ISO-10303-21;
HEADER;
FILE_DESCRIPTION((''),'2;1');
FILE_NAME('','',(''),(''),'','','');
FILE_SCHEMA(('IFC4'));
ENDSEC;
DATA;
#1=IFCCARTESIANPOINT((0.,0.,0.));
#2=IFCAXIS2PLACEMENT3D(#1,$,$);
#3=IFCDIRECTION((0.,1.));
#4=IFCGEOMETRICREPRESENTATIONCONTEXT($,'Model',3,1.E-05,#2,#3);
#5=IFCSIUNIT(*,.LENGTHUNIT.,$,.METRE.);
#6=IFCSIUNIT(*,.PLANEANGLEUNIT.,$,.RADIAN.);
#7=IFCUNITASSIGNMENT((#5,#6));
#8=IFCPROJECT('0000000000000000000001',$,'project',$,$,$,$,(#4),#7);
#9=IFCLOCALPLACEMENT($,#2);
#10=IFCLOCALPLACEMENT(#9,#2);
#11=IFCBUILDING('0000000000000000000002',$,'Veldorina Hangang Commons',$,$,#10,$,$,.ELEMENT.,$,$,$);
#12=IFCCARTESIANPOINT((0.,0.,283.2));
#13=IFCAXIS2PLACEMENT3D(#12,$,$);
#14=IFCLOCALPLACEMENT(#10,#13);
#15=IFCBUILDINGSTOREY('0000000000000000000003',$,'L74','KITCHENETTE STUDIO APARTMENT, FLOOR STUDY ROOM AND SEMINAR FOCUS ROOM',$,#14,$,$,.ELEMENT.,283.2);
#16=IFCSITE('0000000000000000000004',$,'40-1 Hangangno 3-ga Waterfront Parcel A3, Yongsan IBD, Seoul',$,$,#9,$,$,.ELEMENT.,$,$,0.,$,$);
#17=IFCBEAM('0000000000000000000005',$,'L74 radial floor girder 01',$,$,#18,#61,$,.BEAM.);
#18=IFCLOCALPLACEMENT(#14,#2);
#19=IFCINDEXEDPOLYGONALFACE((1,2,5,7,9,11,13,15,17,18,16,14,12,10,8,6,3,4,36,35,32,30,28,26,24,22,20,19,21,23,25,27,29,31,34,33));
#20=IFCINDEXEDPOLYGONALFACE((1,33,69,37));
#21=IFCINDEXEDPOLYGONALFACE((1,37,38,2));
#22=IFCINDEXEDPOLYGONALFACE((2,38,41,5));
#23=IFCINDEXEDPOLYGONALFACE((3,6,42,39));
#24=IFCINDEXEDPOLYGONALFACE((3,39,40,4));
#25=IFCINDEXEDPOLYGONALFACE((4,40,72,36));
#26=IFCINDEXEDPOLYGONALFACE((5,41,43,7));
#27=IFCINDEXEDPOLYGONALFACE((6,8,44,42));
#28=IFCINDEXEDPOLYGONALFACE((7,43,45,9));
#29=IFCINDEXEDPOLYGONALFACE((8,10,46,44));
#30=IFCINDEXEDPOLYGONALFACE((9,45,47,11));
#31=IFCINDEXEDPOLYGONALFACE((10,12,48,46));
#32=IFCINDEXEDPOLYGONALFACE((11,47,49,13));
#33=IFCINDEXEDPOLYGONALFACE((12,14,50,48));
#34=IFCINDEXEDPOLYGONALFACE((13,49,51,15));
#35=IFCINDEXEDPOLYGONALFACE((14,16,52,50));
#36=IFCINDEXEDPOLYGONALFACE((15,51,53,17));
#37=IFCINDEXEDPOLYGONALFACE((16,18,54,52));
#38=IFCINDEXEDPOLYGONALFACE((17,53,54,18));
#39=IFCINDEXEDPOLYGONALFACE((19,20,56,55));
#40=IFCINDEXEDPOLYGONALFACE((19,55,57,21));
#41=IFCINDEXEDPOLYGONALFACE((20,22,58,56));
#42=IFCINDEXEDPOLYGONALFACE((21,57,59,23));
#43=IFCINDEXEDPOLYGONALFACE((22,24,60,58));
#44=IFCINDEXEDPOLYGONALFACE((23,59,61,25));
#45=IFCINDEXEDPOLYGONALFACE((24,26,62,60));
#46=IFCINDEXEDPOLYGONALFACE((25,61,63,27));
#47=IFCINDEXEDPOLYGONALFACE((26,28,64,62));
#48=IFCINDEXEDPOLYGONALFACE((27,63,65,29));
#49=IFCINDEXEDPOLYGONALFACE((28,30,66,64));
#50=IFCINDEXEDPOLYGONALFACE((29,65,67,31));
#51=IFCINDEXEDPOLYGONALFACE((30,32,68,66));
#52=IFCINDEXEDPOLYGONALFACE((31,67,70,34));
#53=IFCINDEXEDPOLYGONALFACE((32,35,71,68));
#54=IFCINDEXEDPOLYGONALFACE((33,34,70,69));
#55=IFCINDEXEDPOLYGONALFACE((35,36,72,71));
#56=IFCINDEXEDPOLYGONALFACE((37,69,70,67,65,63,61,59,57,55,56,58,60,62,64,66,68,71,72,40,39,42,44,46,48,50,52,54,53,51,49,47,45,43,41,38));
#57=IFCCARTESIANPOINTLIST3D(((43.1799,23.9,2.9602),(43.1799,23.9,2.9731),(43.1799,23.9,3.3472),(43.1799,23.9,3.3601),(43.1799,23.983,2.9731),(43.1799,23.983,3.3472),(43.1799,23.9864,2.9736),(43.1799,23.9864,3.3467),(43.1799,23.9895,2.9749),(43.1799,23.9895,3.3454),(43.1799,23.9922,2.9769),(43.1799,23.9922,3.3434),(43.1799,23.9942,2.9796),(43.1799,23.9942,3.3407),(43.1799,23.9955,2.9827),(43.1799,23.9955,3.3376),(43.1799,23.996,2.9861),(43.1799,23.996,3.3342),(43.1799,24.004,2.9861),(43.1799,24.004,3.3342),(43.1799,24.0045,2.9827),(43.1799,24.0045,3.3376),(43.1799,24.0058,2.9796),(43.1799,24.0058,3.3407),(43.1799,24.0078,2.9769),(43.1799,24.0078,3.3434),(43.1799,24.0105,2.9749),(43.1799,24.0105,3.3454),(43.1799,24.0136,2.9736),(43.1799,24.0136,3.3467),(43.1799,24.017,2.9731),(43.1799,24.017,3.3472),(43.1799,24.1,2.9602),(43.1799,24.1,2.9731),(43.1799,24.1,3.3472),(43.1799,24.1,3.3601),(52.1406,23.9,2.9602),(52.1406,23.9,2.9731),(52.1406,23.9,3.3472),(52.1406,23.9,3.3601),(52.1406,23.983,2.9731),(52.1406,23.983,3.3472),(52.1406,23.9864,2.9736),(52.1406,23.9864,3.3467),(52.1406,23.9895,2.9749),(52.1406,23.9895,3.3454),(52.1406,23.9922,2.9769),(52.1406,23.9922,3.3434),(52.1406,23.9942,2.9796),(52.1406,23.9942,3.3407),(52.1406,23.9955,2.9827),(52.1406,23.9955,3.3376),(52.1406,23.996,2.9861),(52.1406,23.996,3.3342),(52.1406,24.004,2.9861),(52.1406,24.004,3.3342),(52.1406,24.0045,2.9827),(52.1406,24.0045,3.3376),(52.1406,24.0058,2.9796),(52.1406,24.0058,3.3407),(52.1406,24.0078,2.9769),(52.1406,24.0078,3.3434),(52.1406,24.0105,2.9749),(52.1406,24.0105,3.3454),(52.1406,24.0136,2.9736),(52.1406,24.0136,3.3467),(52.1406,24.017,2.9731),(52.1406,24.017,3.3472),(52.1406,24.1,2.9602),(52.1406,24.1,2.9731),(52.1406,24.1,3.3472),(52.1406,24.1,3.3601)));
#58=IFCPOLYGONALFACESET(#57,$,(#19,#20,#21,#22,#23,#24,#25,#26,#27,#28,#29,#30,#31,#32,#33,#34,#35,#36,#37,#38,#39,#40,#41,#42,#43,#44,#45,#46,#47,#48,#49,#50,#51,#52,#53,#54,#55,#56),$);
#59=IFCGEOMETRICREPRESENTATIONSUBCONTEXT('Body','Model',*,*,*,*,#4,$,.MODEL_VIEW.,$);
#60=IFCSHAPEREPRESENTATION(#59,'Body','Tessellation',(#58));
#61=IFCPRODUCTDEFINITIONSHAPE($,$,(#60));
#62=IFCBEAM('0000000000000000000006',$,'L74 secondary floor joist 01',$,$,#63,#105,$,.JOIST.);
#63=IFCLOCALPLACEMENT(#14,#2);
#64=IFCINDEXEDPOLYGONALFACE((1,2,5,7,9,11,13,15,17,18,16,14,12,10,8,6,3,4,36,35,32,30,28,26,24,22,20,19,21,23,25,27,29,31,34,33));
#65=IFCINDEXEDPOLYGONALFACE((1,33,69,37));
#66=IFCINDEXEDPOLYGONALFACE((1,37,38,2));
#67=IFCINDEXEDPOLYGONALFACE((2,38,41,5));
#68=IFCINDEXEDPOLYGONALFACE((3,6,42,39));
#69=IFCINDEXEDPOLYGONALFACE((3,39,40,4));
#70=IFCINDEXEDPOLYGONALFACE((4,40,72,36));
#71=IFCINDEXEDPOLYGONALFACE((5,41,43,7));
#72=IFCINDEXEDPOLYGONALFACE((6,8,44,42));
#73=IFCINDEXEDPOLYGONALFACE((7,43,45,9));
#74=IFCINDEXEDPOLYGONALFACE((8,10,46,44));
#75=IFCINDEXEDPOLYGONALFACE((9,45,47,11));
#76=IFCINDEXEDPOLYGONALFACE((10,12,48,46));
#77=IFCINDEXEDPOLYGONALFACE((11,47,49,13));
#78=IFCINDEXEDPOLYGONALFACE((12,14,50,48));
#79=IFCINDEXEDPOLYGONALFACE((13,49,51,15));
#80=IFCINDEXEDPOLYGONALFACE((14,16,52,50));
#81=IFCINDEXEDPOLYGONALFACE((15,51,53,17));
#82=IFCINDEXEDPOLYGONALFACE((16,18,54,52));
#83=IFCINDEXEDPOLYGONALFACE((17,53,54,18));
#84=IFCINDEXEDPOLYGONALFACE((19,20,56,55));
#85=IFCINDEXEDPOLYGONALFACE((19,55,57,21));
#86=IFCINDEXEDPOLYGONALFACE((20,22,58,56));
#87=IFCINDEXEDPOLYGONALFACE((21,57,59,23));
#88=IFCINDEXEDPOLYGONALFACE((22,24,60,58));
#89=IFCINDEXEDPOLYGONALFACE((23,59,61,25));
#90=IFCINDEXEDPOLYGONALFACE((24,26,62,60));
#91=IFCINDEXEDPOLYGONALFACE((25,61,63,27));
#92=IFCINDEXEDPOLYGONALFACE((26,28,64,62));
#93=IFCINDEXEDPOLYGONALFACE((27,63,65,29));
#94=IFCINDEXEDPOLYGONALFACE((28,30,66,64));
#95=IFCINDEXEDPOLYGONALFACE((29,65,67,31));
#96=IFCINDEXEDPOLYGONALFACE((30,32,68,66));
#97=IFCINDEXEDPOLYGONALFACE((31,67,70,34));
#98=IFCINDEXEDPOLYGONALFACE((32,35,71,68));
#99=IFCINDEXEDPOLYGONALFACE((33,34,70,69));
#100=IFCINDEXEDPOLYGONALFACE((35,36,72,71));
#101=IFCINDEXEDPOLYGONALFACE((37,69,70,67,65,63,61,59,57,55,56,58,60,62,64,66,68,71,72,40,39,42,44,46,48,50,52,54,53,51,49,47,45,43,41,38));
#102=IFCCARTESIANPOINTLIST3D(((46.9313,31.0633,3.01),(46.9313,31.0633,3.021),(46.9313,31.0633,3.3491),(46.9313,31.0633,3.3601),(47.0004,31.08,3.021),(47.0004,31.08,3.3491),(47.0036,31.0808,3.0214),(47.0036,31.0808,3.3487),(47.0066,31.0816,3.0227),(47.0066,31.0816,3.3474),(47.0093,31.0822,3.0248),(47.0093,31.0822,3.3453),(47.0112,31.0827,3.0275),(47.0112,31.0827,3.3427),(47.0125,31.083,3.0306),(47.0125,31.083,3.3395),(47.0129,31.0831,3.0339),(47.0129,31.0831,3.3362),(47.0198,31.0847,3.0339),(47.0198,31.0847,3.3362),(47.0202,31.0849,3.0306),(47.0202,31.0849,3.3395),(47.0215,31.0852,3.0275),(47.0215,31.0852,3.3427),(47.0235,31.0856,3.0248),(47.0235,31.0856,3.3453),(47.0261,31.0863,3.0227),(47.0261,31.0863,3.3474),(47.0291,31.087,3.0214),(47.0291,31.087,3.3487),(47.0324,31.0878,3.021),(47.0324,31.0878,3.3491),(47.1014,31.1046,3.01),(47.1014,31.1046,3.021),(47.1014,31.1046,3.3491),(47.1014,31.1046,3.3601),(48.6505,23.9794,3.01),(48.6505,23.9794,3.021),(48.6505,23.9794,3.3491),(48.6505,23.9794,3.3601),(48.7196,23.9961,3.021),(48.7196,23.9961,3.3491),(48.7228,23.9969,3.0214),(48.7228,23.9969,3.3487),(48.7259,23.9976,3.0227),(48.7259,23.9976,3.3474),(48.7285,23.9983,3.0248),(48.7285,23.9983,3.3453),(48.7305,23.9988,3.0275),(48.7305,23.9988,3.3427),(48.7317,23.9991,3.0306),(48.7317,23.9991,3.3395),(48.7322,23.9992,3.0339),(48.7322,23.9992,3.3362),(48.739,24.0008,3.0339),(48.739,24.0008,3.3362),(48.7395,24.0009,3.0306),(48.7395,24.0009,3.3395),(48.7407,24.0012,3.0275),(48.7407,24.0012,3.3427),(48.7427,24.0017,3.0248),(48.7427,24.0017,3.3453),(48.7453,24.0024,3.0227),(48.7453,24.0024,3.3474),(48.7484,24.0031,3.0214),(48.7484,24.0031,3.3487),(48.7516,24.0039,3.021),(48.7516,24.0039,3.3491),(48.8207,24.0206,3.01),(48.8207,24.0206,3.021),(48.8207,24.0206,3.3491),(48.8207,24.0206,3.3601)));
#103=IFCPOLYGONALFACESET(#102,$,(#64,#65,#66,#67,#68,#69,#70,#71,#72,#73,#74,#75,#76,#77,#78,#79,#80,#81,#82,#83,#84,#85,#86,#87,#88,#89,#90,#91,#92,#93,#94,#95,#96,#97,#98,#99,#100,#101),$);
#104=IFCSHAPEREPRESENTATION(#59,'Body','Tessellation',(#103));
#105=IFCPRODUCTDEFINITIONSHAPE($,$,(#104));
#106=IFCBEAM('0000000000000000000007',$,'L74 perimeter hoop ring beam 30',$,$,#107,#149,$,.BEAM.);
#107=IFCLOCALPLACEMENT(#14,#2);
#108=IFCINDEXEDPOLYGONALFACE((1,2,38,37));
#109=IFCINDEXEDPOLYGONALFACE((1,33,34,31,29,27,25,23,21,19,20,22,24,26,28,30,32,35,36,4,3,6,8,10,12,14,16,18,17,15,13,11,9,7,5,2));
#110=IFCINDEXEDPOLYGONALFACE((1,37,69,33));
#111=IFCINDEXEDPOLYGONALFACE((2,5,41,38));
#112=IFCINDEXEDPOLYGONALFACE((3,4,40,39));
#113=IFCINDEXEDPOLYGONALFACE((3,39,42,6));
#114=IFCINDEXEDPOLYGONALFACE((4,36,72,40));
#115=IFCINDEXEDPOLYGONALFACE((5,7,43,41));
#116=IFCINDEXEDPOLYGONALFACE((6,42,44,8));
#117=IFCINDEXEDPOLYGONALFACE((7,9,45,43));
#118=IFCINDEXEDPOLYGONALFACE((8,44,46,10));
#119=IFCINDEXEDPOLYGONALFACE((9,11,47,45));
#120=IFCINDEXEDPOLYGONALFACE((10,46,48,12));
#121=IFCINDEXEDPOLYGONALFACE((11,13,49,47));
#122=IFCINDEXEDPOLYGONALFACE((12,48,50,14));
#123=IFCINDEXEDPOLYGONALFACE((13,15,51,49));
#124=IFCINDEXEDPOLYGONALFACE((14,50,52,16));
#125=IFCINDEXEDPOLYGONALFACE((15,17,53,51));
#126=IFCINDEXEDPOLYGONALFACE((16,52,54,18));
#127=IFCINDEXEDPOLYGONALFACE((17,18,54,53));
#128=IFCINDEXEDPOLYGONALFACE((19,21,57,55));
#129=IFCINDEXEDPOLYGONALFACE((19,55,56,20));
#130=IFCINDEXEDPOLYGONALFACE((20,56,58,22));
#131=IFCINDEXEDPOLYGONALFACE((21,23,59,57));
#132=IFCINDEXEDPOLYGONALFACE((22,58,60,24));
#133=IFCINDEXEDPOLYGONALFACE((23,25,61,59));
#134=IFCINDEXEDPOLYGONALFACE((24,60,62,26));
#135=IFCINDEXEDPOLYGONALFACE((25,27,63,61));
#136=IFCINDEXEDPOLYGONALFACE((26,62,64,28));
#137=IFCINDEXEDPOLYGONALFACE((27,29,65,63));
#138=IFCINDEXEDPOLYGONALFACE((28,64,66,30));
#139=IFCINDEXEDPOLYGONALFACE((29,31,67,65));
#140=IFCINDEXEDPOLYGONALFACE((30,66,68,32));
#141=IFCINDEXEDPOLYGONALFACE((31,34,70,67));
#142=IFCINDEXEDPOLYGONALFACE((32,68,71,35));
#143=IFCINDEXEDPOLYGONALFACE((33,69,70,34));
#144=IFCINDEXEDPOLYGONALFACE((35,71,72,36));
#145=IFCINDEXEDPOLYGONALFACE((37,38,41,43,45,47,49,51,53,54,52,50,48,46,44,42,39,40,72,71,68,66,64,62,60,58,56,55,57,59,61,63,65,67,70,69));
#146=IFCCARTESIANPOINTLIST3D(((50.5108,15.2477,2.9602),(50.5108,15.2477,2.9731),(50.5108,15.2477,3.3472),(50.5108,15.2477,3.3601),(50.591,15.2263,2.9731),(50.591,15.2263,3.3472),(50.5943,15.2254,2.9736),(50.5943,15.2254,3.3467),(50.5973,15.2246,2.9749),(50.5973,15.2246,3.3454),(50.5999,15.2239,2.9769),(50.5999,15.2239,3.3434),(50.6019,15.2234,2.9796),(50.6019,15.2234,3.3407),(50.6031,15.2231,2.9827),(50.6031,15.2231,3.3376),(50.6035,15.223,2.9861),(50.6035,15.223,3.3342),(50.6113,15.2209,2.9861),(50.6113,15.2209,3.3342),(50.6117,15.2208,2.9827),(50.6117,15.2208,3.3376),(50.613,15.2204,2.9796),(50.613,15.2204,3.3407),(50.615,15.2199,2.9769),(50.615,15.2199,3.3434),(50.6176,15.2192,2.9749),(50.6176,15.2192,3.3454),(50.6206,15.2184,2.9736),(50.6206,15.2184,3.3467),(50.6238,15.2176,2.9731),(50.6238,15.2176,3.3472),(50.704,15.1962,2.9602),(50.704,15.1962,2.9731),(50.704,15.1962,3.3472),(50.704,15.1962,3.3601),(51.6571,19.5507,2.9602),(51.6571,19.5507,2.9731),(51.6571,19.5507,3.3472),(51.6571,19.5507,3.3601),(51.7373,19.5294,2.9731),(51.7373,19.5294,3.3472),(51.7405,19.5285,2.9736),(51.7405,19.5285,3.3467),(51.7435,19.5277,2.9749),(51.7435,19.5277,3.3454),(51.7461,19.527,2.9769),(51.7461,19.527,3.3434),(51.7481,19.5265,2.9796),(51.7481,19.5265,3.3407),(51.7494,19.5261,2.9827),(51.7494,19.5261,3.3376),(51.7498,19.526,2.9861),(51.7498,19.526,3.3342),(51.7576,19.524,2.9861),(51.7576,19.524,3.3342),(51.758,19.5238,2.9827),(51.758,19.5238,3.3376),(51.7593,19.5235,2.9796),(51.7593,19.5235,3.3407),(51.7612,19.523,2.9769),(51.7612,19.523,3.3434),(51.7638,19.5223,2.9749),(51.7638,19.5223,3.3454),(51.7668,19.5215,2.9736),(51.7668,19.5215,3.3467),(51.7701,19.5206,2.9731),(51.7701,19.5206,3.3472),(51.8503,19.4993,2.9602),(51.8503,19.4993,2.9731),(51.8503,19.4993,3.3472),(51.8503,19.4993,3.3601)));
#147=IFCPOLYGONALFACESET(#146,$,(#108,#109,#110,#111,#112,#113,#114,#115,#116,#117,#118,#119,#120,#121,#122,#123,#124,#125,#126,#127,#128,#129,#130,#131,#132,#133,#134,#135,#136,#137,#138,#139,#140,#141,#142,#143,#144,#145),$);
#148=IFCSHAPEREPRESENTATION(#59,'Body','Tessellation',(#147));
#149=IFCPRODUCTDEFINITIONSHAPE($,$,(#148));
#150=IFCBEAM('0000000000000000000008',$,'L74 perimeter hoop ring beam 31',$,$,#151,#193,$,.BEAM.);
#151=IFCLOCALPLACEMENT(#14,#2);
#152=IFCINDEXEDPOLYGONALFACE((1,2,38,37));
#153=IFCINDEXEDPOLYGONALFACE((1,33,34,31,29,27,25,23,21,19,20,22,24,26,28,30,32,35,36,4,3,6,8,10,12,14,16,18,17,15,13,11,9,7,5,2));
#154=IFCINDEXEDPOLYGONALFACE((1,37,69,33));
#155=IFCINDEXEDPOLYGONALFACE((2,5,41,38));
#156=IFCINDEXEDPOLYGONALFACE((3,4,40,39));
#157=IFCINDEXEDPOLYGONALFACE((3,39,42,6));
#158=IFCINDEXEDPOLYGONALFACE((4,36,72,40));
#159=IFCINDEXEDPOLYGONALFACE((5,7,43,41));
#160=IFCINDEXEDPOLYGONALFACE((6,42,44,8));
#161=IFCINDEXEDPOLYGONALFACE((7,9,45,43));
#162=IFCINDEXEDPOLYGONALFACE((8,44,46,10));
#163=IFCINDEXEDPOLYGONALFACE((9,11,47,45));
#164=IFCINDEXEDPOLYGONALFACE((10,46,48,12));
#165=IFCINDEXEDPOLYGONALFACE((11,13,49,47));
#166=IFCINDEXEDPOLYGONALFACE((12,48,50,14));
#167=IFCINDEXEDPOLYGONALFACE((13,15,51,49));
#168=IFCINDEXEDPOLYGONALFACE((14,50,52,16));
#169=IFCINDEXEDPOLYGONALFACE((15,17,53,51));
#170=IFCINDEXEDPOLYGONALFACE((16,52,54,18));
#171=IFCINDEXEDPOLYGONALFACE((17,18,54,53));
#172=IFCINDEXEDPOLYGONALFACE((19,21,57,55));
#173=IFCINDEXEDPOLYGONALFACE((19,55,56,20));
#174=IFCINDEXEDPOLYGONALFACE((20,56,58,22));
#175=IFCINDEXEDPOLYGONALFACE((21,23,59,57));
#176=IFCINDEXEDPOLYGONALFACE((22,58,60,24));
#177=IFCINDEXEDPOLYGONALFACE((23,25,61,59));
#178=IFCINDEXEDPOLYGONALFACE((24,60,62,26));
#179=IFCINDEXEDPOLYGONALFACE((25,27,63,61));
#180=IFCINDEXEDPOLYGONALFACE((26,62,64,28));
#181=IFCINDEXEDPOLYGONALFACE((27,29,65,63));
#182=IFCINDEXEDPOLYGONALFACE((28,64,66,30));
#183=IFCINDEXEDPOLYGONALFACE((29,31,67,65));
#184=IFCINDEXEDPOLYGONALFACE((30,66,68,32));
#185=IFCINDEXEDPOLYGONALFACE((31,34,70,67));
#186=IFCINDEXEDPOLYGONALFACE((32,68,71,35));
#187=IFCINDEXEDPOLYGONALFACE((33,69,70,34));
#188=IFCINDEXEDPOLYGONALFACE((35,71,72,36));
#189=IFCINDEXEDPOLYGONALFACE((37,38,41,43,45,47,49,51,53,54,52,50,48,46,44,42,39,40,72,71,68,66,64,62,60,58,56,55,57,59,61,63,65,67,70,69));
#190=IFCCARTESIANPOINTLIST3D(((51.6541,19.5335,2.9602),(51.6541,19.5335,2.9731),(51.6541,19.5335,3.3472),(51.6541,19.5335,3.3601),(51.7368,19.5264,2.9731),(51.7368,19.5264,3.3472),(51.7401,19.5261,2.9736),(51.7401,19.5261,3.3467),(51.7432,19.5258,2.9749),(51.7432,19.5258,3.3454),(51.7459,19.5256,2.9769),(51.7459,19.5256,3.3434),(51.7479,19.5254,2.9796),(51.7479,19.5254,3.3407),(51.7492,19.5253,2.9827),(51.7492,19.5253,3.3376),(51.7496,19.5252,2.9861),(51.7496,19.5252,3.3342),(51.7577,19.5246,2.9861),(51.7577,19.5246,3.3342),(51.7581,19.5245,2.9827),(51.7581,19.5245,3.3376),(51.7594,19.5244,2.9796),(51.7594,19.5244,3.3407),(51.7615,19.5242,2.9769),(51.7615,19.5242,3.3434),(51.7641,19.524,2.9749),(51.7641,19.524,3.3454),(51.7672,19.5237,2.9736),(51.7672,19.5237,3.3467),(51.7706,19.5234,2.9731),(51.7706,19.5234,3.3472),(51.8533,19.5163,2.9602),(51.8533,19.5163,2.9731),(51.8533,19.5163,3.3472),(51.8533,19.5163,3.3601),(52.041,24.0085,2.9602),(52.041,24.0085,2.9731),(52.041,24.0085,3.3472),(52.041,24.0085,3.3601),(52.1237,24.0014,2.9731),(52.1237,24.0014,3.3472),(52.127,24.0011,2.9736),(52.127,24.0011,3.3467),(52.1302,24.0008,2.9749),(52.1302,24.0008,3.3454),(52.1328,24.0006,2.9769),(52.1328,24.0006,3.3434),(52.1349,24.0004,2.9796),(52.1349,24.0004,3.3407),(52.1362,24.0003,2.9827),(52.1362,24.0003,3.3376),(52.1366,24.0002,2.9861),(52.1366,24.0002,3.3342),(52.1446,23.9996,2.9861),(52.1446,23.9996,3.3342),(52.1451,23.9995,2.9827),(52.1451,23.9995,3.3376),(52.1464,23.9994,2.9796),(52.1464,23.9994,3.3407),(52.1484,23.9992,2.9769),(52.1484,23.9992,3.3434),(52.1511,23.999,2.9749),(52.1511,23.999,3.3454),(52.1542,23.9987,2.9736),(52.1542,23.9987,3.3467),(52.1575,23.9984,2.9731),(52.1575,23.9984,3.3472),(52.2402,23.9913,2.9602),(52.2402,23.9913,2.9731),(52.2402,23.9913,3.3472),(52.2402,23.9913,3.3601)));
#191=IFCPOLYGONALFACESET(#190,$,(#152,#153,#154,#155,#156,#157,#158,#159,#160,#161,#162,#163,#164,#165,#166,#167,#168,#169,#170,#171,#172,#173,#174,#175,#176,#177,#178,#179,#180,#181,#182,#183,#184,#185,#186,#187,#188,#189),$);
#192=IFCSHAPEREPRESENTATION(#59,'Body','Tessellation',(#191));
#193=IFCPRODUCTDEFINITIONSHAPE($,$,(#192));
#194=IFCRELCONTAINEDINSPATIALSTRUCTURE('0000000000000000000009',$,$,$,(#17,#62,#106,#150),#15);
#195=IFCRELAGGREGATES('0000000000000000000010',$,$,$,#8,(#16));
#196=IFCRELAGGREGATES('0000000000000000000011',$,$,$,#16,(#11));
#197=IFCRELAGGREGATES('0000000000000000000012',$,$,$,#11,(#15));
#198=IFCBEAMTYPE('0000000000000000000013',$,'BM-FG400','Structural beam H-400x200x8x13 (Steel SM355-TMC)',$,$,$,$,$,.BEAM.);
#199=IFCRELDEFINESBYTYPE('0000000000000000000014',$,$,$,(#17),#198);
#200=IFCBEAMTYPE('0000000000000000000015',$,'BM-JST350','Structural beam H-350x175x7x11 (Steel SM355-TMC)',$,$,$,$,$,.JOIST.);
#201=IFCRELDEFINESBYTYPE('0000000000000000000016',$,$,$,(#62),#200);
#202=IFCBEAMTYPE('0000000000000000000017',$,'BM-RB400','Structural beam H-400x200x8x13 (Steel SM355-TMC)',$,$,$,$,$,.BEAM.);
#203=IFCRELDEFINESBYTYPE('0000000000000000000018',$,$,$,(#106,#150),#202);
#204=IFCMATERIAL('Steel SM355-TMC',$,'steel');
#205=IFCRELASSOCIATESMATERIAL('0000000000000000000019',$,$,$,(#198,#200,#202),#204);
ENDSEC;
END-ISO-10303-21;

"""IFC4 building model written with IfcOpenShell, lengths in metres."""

from ifc_helpers import new_model, si_unit, direction, frame, origin, origin_2d, place, context, subcontext, project, spatial, i_section, extrude, material, material_profile, profile_set, type_object, element, save


model = new_model("IFC4")

# Units and contexts
model_context = context("Model", 3, precision=1e-05, world=origin(), true_north=direction((0.0, 1.0)))
body_context = subcontext(model_context, "Body", "Model", "MODEL_VIEW")
ifc_project = project(units=[si_unit("LENGTHUNIT", "METRE"), si_unit("PLANEANGLEUNIT", "RADIAN")], contexts=[model_context])

# Site, building, storey
site_placement = place(None, origin())
site = spatial("IfcSite", under=ifc_project, at=site_placement, Name="40-1 Hangangno 3-ga Waterfront Parcel A3, Yongsan IBD, Seoul", CompositionType="ELEMENT", RefElevation=0.0)
building_placement = place(site_placement, origin())
building = spatial("IfcBuilding", under=site, at=building_placement, Name="Veldorina Hangang Commons", CompositionType="ELEMENT")
storey_placement = place(building_placement, frame((0.0, 0.0, 283.2)))
storey = spatial("IfcBuildingStorey", under=building, at=storey_placement, Name="L74", Description="KITCHENETTE STUDIO APARTMENT, FLOOR STUDY ROOM AND SEMINAR FOCUS ROOM", CompositionType="ELEMENT", Elevation=283.2)

# Beams
ifc_material_1 = material(Name="Steel SM355-TMC", Category="steel")
ifc_material_profile_1 = material_profile(ifc_material_1, i_section(OverallWidth=0.2, OverallDepth=0.3999, WebThickness=0.0081, FlangeThickness=0.0129, FilletRadius=0.0129, at=origin_2d()), Name="H-400x200x8x13")
ifc_profile_set_1 = profile_set([ifc_material_profile_1], Name="Steel SM355-TMC")
beam_type_1 = type_object("IfcBeamType", Name="BM-FG400", Description="Structural beam H-400x200x8x13 (Steel SM355-TMC)", PredefinedType="BEAM", material=ifc_profile_set_1)
beam_1_placement = place(storey_placement, frame((43.1799, 24.0, 3.1602), z_axis=(1.0, 0.0, 0.0), x_axis=(0.0, 1.0, 0.0)))
element("IfcBeam", 1, at=beam_1_placement, inside=storey, type_object=beam_type_1, Name="L74 radial floor girder 01", PredefinedType="BEAM", context=body_context, shape_type="SweptSolid", body=[
    extrude(i_section(OverallWidth=0.2, OverallDepth=0.3999, WebThickness=0.0081, FlangeThickness=0.0129, FilletRadius=0.0129, at=origin_2d()), origin(), (0.0, 0.0, 1.0), 8.9607),
])
ifc_material_profile_2 = material_profile(ifc_material_1, i_section(OverallWidth=0.175, OverallDepth=0.3501, WebThickness=0.0071, FlangeThickness=0.011, FilletRadius=0.0129, at=origin_2d()), Name="H-350x175x7x11")
ifc_profile_set_2 = profile_set([ifc_material_profile_2], Name="Steel SM355-TMC")
beam_type_2 = type_object("IfcBeamType", Name="BM-JST350", Description="Structural beam H-350x175x7x11 (Steel SM355-TMC)", PredefinedType="JOIST", material=ifc_profile_set_2)
beam_2_placement = place(storey_placement, frame((48.7356, 24.0, 3.1851), z_axis=(-0.235847, 0.97179, 0.0), x_axis=(-0.97179, -0.235847, 0.0)))
element("IfcBeam", 2, at=beam_2_placement, inside=storey, type_object=beam_type_2, Name="L74 secondary floor joist 01", PredefinedType="JOIST", context=body_context, shape_type="SweptSolid", body=[
    extrude(i_section(OverallWidth=0.175, OverallDepth=0.3501, WebThickness=0.0071, FlangeThickness=0.011, FilletRadius=0.0129, at=origin_2d()), origin(), (0.0, 0.0, 1.0), 7.2896),
])
ifc_material_profile_3 = material_profile(ifc_material_1, i_section(OverallWidth=0.2, OverallDepth=0.3999, WebThickness=0.0081, FlangeThickness=0.0129, FilletRadius=0.0129, at=origin_2d()), Name="H-400x200x8x13")
ifc_profile_set_3 = profile_set([ifc_material_profile_3], Name="Steel SM355-TMC")
beam_type_3 = type_object("IfcBeamType", Name="BM-RB400", Description="Structural beam H-400x200x8x13 (Steel SM355-TMC)", PredefinedType="BEAM", material=ifc_profile_set_3)
beam_3_placement = place(storey_placement, frame((50.6074, 15.2219, 3.1602), z_axis=(0.257407, 0.966303, 0.0), x_axis=(-0.966303, 0.257407, 0.0)))
element("IfcBeam", 3, at=beam_3_placement, inside=storey, type_object=beam_type_3, Name="L74 perimeter hoop ring beam 30", PredefinedType="BEAM", context=body_context, shape_type="SweptSolid", body=[
    extrude(i_section(OverallWidth=0.2, OverallDepth=0.3999, WebThickness=0.0081, FlangeThickness=0.0129, FilletRadius=0.0129, at=origin_2d()), origin(), (0.0, 0.0, 1.0), 4.4531),
])
beam_4_placement = place(storey_placement, frame((51.7537, 19.5249, 3.1602), z_axis=(0.086149, 0.996282, 0.0), x_axis=(-0.996282, 0.086149, 0.0)))
element("IfcBeam", 4, at=beam_4_placement, inside=storey, type_object=beam_type_3, Name="L74 perimeter hoop ring beam 31", PredefinedType="BEAM", context=body_context, shape_type="SweptSolid", body=[
    extrude(i_section(OverallWidth=0.2, OverallDepth=0.3999, WebThickness=0.0081, FlangeThickness=0.0129, FilletRadius=0.0129, at=origin_2d()), origin(), (0.0, 0.0, 1.0), 4.4917),
])

save(model, "model.ifc")
